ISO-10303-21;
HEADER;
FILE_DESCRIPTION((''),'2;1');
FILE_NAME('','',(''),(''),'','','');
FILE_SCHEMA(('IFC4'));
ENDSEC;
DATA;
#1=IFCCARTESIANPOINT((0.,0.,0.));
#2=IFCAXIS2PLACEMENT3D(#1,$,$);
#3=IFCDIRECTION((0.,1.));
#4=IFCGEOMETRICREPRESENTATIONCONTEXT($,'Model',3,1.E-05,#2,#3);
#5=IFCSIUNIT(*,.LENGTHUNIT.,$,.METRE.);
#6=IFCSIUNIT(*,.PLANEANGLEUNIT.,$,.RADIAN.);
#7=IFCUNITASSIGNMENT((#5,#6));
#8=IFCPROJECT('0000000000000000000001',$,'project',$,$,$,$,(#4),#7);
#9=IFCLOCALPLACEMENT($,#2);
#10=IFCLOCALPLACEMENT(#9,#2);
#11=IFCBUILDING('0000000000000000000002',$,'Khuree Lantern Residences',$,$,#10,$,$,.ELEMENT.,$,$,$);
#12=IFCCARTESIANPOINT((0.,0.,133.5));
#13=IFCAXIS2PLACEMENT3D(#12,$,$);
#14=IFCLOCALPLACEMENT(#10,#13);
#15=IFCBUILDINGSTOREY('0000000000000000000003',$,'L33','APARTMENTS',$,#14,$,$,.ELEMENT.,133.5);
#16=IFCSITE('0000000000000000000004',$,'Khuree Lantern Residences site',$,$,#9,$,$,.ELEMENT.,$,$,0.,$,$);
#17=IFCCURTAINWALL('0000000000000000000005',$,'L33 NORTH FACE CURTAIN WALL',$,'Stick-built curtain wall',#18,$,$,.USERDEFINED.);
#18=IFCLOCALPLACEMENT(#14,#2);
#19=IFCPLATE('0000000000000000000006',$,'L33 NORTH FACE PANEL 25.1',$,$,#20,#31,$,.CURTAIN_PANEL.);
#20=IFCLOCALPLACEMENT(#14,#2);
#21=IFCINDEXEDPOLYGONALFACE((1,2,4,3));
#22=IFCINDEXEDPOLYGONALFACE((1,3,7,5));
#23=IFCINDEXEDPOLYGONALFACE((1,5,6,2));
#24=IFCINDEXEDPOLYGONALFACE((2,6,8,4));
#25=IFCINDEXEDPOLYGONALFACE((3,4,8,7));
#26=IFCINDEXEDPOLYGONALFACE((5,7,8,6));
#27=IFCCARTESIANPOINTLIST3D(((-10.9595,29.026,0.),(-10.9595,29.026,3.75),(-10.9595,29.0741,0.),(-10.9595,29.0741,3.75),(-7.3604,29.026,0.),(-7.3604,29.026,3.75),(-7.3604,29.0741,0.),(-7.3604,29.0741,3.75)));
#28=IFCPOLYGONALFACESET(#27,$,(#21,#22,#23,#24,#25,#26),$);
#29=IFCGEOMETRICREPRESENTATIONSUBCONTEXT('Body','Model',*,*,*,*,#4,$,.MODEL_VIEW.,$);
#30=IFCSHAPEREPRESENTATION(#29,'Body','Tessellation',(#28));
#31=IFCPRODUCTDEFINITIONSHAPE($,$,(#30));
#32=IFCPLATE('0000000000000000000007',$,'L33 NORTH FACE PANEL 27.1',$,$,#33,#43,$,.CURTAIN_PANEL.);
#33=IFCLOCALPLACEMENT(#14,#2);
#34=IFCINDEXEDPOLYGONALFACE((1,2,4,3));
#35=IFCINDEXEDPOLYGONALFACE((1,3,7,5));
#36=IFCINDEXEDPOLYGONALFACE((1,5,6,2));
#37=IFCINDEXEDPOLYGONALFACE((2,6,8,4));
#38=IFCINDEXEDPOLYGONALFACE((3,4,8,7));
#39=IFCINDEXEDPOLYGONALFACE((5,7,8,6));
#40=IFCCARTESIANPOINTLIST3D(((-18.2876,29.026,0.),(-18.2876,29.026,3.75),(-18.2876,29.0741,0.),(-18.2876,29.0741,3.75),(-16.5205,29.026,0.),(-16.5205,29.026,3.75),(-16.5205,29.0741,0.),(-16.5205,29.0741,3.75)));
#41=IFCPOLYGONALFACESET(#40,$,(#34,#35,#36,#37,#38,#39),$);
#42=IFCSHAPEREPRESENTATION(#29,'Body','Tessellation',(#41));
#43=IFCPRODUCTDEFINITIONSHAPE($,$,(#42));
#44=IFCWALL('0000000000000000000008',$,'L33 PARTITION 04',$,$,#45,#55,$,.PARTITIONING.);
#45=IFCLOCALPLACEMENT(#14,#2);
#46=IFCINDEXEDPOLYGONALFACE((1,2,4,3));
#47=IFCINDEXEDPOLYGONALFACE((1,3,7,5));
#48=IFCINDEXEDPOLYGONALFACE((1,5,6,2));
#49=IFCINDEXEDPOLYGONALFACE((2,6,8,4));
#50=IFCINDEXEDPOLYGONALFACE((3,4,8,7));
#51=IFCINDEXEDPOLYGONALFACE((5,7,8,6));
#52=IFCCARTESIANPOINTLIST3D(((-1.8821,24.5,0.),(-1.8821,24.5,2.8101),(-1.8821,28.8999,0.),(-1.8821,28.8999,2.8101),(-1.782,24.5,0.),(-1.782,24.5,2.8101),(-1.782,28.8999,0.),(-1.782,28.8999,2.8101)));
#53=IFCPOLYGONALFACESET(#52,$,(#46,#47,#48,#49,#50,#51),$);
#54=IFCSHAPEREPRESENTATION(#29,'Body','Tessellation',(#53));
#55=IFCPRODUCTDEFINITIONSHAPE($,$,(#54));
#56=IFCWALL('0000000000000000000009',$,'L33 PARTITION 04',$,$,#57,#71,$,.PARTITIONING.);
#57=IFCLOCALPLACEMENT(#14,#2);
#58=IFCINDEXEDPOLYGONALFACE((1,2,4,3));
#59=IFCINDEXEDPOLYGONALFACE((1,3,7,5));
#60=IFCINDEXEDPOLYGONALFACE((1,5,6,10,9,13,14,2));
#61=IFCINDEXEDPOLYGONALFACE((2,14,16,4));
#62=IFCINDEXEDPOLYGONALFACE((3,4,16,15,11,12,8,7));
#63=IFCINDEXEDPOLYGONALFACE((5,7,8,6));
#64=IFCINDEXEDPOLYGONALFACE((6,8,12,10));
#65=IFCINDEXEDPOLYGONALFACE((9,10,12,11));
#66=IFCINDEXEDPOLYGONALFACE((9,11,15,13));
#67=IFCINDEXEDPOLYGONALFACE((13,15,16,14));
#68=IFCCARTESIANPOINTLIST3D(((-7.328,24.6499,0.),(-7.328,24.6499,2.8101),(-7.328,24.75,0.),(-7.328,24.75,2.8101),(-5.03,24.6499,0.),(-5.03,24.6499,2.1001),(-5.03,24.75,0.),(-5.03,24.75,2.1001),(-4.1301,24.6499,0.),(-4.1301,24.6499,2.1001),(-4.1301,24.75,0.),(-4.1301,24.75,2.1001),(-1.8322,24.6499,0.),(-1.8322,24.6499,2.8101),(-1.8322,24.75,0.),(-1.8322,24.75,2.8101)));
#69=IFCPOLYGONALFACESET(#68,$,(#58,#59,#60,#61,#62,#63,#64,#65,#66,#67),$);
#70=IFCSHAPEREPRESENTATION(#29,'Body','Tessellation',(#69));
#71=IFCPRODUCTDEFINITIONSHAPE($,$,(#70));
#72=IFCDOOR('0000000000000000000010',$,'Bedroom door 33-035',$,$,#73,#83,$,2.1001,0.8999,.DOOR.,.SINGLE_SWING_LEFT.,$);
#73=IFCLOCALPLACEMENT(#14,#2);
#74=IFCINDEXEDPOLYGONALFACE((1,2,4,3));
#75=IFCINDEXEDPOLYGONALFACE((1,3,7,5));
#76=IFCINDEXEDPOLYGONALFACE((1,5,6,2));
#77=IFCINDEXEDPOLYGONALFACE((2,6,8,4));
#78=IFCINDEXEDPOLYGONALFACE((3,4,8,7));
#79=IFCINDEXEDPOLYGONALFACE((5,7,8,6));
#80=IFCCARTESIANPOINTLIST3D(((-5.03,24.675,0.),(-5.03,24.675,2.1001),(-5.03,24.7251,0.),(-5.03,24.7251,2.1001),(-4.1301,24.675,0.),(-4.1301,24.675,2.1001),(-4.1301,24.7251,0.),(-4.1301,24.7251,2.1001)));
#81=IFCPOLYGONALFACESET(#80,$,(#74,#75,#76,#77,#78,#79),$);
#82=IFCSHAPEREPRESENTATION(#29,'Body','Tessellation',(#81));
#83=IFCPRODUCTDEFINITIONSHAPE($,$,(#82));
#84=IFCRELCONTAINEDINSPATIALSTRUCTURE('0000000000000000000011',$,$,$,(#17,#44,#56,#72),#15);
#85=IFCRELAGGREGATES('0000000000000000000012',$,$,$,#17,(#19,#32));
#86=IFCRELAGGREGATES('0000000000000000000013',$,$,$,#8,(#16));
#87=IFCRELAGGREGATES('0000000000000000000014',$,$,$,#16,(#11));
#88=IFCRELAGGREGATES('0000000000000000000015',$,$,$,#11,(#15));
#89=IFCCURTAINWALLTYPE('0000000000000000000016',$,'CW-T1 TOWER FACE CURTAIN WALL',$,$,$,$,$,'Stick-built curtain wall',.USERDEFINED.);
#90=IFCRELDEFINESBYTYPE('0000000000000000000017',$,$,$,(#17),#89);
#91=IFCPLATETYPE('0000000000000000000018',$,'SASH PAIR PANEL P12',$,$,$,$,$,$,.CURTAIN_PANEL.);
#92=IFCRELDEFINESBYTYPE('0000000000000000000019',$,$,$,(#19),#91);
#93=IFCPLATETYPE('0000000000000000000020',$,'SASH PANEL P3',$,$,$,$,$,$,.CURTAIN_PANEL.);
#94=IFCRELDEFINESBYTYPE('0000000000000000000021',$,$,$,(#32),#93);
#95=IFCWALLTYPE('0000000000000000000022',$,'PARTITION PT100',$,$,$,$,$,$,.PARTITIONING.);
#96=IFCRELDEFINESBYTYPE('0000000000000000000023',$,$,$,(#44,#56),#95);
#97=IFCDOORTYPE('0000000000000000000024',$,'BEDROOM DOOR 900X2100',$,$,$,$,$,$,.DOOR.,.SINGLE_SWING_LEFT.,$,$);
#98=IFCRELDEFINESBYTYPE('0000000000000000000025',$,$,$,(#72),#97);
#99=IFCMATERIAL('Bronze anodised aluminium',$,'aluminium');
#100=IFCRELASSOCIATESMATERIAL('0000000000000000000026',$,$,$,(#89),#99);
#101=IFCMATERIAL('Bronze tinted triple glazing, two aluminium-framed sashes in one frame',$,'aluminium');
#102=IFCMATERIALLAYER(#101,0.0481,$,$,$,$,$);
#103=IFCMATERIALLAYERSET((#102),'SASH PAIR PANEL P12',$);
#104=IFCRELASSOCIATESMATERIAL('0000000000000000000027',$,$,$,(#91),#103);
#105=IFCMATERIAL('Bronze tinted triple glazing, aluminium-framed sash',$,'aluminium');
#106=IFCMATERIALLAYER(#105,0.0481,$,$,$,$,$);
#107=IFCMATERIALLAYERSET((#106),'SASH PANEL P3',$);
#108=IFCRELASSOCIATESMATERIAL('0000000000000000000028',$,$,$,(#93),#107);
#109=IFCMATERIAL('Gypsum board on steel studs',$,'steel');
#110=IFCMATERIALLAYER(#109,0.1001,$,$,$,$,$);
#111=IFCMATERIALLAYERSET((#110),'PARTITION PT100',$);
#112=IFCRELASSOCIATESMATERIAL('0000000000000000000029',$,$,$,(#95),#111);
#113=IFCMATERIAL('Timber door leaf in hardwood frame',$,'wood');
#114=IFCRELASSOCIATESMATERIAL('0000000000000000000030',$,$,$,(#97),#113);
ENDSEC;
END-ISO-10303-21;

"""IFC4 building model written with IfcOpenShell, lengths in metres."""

from ifc_helpers import new_model, si_unit, direction, frame, frame_2d, origin, origin_2d, place, context, subcontext, project, spatial, rectangle, extrude, material, layer, layer_set, type_object, element, fill, aggregate, save


model = new_model("IFC4")

# Units and contexts
model_context = context("Model", 3, precision=1e-05, world=origin(), true_north=direction((0.0, 1.0)))
body_context = subcontext(model_context, "Body", "Model", "MODEL_VIEW")
ifc_project = project(units=[si_unit("LENGTHUNIT", "METRE"), si_unit("PLANEANGLEUNIT", "RADIAN")], contexts=[model_context])

# Site, building, storey
site_placement = place(None, origin())
site = spatial("IfcSite", under=ifc_project, at=site_placement, Name="Khuree Lantern Residences site", CompositionType="ELEMENT", RefElevation=0.0)
building_placement = place(site_placement, origin())
building = spatial("IfcBuilding", under=site, at=building_placement, Name="Khuree Lantern Residences", CompositionType="ELEMENT")
storey_placement = place(building_placement, frame((0.0, 0.0, 133.5)))
storey = spatial("IfcBuildingStorey", under=building, at=storey_placement, Name="L33", Description="APARTMENTS", CompositionType="ELEMENT", Elevation=133.5)

# Curtain wall
ifc_material_1 = material(Name="Bronze anodised aluminium", Category="aluminium")
curtain_wall_type = type_object("IfcCurtainWallType", Name="CW-T1 TOWER FACE CURTAIN WALL", ElementType="Stick-built curtain wall", PredefinedType="USERDEFINED", material=ifc_material_1)
curtain_wall_placement = place(storey_placement, origin())
curtain_wall = element("IfcCurtainWall", 1, at=curtain_wall_placement, inside=storey, type_object=curtain_wall_type, Name="L33 NORTH FACE CURTAIN WALL", ObjectType="Stick-built curtain wall", PredefinedType="USERDEFINED")

# Plates
ifc_material_2 = material(Name="Bronze tinted triple glazing, two aluminium-framed sashes in one frame", Category="aluminium")
ifc_layer_1 = layer(ifc_material_2, 0.0481)
ifc_layer_set_1 = layer_set([ifc_layer_1], Name="SASH PAIR PANEL P12")
plate_type_1 = type_object("IfcPlateType", Name="SASH PAIR PANEL P12", PredefinedType="CURTAIN_PANEL", material=ifc_layer_set_1)
plate_1_placement = place(storey_placement, frame((-9.1599, 29.05, 0.0), z_axis=(0.0, 0.0, 1.0), x_axis=(-1.0, 0.0, 0.0)))
plate_1 = element("IfcPlate", 2, at=plate_1_placement, type_object=plate_type_1, Name="L33 NORTH FACE PANEL 25.1", PredefinedType="CURTAIN_PANEL", context=body_context, shape_type="SweptSolid", body=[
    extrude(rectangle(XDim=3.5991, YDim=0.0481, at=origin_2d()), origin(), (0.0, 0.0, 1.0), 3.75),
])
ifc_material_3 = material(Name="Bronze tinted triple glazing, aluminium-framed sash", Category="aluminium")
ifc_layer_2 = layer(ifc_material_3, 0.0481)
ifc_layer_set_2 = layer_set([ifc_layer_2], Name="SASH PANEL P3")
plate_type_2 = type_object("IfcPlateType", Name="SASH PANEL P3", PredefinedType="CURTAIN_PANEL", material=ifc_layer_set_2)
plate_2_placement = place(storey_placement, frame((-17.4041, 29.05, 0.0), z_axis=(0.0, 0.0, 1.0), x_axis=(-1.0, 0.0, 0.0)))
plate_2 = element("IfcPlate", 3, at=plate_2_placement, type_object=plate_type_2, Name="L33 NORTH FACE PANEL 27.1", PredefinedType="CURTAIN_PANEL", context=body_context, shape_type="SweptSolid", body=[
    extrude(rectangle(XDim=1.7671, YDim=0.0481, at=origin_2d()), origin(), (0.0, 0.0, 1.0), 3.75),
])
aggregate(curtain_wall, [plate_1, plate_2])

# Wall
ifc_material_4 = material(Name="Gypsum board on steel studs", Category="steel")
ifc_layer_3 = layer(ifc_material_4, 0.1001)
ifc_layer_set_3 = layer_set([ifc_layer_3], Name="PARTITION PT100")
wall_type = type_object("IfcWallType", Name="PARTITION PT100", PredefinedType="PARTITIONING", material=ifc_layer_set_3)
wall_1_placement = place(storey_placement, frame((-1.832, 24.5, 0.0), z_axis=(0.0, 0.0, 1.0), x_axis=(0.0, 1.0, 0.0)))
element("IfcWall", 4, at=wall_1_placement, inside=storey, type_object=wall_type, Name="L33 PARTITION 04", PredefinedType="PARTITIONING", context=body_context, shape_type="SweptSolid", body=[
    extrude(rectangle(XDim=4.3999, YDim=0.1001, at=frame_2d((2.2, 0.0))), origin(), (0.0, 0.0, 1.0), 2.8101),
])

# Wall, opening, door
wall_2_placement = place(storey_placement, frame((-1.832, 24.7, 0.0), z_axis=(0.0, 0.0, 1.0), x_axis=(-1.0, 0.0, 0.0)))
wall_2 = element("IfcWall", 5, at=wall_2_placement, inside=storey, type_object=wall_type, Name="L33 PARTITION 04", PredefinedType="PARTITIONING", context=body_context, shape_type="SweptSolid", body=[
    extrude(rectangle(XDim=5.4958, YDim=0.1001, at=frame_2d((2.748, 0.0))), origin(), (0.0, 0.0, 1.0), 2.8101),
])
opening_placement = place(wall_2_placement, frame((2.2981, 0.0, 0.0)))
opening = element("IfcOpeningElement", 6, at=opening_placement, cuts=wall_2, PredefinedType="OPENING", context=body_context, shape_type="SweptSolid", body=[
    extrude(rectangle(XDim=0.8999, YDim=2.1001, at=frame_2d((0.45, 1.05))), frame((0.0, 0.0601, 0.0), z_axis=(0.0, -1.0, 0.0), x_axis=(1.0, 0.0, 0.0)), (0.0, 0.0, 1.0), 0.1201),
])
ifc_material_5 = material(Name="Timber door leaf in hardwood frame", Category="wood")
door_type = type_object("IfcDoorType", Name="BEDROOM DOOR 900X2100", OperationType="SINGLE_SWING_LEFT", PredefinedType="DOOR", material=ifc_material_5)
door_placement = place(opening_placement, origin())
door = element("IfcDoor", 7, at=door_placement, inside=storey, type_object=door_type, Name="Bedroom door 33-035", OperationType="SINGLE_SWING_LEFT", OverallHeight=2.1001, OverallWidth=0.8999, PredefinedType="DOOR", context=body_context, shape_type="SweptSolid", body=[
    extrude(rectangle(XDim=0.8999, YDim=2.1001, at=frame_2d((0.45, 1.05))), frame((0.0, 0.0249, 0.0), z_axis=(0.0, -1.0, 0.0), x_axis=(1.0, 0.0, 0.0)), (0.0, 0.0, 1.0), 0.05),
])
fill(opening, door)

save(model, "model.ifc")
